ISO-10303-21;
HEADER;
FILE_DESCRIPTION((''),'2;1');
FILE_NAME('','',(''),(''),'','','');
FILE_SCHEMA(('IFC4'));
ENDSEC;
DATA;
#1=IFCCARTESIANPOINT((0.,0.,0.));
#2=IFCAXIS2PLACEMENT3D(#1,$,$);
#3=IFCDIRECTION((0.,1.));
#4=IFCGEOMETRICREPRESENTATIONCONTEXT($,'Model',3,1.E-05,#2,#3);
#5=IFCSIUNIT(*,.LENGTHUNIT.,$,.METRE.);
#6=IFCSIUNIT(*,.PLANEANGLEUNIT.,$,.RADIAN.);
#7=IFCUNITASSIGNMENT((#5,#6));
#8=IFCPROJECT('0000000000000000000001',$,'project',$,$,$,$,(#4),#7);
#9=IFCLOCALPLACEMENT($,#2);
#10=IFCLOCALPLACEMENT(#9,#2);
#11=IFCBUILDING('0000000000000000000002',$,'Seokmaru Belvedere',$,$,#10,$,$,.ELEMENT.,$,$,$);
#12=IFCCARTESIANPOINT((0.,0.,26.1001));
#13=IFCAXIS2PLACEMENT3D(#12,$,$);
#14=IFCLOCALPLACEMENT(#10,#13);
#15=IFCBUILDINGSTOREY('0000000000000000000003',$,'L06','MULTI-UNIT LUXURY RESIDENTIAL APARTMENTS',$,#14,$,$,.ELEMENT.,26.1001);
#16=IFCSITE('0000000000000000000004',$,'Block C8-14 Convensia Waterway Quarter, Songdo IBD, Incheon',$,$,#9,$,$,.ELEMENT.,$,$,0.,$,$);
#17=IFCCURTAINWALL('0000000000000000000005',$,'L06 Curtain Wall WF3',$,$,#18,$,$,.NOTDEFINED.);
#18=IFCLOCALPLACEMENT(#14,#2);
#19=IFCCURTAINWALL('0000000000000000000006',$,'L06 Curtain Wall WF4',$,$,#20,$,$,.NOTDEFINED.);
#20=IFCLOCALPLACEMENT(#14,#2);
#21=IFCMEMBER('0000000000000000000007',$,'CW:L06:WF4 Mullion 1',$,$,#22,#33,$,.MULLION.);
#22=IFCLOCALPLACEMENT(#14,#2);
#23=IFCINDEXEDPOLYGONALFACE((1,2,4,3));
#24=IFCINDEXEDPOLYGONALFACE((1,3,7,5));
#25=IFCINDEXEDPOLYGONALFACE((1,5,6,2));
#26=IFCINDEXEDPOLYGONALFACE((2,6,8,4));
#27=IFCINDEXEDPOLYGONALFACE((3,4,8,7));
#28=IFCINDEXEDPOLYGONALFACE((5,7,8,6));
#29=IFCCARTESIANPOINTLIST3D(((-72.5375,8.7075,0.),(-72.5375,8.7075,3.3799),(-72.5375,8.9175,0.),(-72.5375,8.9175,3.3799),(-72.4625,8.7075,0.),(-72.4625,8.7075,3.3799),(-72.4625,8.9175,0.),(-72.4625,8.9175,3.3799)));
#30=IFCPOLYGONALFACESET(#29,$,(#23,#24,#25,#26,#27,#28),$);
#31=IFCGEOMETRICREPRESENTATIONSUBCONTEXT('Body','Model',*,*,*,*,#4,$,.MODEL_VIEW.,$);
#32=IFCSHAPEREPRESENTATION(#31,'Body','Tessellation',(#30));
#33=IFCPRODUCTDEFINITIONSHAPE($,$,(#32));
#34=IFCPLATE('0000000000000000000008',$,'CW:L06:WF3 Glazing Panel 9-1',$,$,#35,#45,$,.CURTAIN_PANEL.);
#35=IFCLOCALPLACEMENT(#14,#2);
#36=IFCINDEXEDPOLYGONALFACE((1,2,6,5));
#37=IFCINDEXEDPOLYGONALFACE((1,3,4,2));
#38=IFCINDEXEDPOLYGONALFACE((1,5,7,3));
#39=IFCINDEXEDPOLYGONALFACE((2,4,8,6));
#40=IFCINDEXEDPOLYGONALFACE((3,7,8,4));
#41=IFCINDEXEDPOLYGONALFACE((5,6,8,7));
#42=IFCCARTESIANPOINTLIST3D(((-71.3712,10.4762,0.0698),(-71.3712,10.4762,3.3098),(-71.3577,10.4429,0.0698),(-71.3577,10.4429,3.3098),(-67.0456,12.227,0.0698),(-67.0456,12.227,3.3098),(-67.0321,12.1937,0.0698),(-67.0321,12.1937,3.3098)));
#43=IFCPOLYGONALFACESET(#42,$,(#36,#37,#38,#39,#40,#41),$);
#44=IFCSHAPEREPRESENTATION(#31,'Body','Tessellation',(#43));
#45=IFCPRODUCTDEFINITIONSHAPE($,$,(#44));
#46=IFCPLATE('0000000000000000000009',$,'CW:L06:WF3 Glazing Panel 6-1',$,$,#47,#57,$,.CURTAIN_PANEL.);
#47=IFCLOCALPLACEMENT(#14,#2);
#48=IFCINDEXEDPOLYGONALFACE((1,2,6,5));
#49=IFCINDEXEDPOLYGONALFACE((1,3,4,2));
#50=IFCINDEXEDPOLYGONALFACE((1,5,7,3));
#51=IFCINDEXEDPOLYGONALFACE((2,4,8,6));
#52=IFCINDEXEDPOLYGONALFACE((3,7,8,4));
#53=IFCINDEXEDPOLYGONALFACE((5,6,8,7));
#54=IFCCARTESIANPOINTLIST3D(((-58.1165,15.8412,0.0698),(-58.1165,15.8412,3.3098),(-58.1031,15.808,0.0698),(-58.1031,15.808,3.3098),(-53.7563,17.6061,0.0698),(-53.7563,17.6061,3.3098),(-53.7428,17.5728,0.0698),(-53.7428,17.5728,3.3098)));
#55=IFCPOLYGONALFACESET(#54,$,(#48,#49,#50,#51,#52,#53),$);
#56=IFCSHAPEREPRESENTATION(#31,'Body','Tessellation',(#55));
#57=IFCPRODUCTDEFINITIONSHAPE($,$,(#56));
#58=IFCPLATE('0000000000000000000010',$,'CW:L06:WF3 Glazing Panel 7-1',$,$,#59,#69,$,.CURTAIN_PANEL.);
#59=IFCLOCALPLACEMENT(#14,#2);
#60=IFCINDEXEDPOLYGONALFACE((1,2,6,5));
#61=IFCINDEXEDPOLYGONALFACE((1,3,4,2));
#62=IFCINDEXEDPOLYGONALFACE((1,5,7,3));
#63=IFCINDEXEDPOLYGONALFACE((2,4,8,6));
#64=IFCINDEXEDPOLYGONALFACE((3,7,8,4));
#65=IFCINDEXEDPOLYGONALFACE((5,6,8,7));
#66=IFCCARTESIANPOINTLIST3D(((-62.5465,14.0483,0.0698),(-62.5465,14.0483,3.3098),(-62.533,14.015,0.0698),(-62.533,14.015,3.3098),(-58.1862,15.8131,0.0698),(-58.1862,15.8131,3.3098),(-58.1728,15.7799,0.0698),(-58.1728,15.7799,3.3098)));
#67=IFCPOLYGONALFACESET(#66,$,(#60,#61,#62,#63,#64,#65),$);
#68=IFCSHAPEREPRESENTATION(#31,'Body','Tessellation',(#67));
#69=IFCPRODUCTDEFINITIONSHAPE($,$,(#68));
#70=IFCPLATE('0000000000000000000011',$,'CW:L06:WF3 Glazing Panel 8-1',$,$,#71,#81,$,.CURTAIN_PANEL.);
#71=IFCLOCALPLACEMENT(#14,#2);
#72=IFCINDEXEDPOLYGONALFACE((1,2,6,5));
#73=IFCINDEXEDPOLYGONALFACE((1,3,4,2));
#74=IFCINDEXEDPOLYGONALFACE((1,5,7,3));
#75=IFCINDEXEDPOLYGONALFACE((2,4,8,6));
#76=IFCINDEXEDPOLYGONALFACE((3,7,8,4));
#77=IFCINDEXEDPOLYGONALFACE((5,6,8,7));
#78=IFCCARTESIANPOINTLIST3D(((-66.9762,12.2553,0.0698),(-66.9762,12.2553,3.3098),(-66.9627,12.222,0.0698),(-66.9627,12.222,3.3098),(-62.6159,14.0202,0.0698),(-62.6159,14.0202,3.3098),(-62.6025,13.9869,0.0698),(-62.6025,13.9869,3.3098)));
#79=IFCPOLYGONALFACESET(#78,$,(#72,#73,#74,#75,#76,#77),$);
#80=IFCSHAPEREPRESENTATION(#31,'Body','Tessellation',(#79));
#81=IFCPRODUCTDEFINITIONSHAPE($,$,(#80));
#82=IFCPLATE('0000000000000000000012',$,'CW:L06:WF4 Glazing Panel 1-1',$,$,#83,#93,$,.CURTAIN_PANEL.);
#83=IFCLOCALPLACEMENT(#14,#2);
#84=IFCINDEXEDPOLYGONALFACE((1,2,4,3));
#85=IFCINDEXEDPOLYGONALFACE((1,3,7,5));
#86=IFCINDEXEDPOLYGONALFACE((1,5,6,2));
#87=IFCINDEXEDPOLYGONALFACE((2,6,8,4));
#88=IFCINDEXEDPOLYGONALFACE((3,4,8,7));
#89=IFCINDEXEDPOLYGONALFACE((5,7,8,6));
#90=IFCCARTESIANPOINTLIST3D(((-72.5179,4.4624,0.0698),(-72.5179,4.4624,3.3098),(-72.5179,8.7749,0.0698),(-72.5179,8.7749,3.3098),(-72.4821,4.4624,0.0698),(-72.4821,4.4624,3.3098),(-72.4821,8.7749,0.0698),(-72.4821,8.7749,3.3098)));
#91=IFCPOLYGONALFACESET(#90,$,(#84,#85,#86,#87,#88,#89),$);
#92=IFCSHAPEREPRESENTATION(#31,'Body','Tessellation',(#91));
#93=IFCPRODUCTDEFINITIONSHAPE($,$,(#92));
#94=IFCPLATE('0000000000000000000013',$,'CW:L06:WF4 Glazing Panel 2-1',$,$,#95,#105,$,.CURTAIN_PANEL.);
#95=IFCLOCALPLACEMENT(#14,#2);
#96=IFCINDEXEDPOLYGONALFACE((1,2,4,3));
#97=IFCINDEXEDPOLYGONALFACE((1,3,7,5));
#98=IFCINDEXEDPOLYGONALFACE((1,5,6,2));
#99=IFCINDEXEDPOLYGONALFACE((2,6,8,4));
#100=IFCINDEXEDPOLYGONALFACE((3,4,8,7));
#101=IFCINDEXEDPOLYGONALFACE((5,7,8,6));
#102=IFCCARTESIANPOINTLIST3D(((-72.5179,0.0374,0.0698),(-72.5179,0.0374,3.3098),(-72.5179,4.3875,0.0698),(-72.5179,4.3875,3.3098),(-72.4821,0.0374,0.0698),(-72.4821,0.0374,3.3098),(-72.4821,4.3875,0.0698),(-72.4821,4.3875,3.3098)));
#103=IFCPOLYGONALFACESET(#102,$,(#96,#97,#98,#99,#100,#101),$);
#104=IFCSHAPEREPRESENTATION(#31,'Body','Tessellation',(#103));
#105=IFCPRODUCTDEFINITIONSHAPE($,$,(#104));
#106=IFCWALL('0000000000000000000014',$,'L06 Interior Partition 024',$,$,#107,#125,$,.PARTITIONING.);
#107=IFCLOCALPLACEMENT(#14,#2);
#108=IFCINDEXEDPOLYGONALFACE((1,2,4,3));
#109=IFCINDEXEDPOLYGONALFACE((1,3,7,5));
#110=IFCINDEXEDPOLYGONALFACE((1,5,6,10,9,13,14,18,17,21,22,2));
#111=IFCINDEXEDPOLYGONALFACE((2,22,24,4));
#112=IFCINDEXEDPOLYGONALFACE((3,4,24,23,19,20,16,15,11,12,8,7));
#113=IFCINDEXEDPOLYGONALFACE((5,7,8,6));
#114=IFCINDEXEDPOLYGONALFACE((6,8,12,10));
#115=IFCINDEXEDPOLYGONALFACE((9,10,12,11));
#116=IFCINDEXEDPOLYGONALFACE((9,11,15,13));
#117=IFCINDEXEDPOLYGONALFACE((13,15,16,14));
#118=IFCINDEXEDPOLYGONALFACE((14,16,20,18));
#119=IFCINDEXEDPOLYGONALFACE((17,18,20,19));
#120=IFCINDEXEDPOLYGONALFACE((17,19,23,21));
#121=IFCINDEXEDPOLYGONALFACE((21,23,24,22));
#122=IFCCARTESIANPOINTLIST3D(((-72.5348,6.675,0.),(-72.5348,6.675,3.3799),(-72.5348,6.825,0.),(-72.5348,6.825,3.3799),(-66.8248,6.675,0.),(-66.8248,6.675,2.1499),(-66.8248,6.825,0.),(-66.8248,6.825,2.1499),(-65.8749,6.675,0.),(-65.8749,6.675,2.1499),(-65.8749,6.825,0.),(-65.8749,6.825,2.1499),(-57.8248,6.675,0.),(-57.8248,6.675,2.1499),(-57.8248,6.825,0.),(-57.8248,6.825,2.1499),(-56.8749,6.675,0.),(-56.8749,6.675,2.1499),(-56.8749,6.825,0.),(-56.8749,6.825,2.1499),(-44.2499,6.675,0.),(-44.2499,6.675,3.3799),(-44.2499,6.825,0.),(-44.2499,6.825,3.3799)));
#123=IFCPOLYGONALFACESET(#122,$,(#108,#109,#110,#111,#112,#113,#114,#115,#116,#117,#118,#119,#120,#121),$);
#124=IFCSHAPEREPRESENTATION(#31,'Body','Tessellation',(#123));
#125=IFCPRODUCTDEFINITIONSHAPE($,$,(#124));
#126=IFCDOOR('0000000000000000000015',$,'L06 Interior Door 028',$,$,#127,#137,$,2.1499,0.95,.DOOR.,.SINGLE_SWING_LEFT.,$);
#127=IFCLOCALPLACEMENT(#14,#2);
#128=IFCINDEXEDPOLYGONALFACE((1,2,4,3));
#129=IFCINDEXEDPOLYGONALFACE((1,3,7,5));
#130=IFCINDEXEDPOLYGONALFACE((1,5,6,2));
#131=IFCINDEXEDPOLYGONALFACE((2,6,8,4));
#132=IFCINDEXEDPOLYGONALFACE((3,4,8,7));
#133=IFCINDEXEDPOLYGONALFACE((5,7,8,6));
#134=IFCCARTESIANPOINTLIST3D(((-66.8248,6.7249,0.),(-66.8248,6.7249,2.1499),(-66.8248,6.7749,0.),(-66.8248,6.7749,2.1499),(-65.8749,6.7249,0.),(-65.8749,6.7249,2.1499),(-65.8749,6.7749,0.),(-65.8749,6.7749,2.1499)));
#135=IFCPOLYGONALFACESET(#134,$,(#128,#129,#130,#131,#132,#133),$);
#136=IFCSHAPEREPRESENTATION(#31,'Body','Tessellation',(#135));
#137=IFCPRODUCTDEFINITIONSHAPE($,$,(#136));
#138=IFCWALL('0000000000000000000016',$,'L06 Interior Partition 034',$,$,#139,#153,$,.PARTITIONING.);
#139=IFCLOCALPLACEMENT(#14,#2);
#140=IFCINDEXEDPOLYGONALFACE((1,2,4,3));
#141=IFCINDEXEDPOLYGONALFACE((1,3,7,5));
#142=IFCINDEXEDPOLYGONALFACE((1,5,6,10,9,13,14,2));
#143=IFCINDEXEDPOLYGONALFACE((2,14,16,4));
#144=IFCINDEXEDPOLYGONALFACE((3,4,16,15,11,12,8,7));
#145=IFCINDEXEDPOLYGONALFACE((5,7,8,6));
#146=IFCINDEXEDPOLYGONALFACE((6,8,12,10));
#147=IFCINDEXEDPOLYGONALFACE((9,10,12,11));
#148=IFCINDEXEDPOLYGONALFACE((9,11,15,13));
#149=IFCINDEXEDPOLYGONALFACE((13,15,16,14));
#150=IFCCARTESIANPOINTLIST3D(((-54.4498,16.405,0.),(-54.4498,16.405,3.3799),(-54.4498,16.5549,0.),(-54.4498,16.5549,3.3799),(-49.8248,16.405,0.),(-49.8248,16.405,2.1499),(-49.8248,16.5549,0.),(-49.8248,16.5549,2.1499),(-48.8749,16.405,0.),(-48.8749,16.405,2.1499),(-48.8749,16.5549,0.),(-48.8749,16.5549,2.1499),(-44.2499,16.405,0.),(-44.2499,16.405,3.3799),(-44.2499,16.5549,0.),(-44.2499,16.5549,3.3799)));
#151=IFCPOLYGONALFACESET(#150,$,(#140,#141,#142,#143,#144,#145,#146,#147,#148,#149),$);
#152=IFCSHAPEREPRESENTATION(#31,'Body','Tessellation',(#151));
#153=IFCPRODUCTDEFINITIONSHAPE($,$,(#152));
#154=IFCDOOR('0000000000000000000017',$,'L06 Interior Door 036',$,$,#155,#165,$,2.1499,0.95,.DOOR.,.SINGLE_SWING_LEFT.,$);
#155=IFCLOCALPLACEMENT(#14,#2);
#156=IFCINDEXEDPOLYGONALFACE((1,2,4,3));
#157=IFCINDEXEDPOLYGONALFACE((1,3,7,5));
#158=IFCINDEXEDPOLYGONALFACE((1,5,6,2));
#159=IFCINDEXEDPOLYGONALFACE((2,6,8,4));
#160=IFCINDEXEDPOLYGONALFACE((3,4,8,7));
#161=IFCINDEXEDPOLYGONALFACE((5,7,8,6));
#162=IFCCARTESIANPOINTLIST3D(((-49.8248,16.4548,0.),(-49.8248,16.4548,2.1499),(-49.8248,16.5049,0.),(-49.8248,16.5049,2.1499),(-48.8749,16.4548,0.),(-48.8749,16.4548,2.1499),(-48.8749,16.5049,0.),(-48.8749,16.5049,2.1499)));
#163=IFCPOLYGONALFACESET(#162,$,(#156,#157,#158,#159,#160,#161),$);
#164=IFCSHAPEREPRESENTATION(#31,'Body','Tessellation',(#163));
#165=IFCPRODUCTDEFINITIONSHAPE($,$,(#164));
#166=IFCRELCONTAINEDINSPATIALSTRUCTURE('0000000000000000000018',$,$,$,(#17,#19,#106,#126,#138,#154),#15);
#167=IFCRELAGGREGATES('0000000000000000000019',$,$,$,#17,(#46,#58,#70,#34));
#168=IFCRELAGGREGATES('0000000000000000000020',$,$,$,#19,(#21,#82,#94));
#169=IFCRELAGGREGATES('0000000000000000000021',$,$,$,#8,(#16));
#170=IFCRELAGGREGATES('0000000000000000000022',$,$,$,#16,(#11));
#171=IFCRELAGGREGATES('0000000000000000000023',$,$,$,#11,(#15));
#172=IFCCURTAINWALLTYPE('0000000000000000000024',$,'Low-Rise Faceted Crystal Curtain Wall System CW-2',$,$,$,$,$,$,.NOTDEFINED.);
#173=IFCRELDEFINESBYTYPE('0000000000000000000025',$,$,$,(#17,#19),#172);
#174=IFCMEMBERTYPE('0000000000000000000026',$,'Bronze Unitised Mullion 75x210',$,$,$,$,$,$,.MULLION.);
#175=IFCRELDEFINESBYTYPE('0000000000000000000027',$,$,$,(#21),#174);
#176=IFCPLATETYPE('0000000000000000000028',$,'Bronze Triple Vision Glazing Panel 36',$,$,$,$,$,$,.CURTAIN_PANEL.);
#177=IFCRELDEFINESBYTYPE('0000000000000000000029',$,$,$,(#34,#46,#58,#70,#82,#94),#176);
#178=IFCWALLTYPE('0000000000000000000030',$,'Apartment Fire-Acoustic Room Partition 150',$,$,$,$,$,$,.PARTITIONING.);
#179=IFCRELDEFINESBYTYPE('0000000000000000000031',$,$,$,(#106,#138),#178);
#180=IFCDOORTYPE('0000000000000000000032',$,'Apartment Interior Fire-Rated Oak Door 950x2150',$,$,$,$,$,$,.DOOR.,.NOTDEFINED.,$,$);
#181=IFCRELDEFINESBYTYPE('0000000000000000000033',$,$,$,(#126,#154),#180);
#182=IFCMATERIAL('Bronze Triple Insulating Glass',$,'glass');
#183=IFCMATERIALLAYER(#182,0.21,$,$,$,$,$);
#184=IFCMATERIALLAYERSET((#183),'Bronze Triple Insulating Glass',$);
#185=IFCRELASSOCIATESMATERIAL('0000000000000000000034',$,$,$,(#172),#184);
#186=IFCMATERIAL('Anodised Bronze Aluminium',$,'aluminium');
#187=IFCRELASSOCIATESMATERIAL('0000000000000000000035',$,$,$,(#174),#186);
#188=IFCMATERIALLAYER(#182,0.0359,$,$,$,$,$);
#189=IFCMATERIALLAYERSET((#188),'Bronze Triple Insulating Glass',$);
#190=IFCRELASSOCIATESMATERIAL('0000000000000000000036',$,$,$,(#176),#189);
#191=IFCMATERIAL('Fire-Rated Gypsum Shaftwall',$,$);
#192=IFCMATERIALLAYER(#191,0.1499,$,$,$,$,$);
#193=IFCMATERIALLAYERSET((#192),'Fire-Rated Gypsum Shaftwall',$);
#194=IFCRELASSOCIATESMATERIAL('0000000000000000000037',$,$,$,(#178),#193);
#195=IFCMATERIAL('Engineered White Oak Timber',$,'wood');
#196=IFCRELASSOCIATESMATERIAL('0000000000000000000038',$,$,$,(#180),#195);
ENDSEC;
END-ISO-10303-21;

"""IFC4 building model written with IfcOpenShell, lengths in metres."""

from ifc_helpers import new_model, si_unit, direction, frame, frame_2d, origin, origin_2d, place, context, subcontext, project, spatial, rectangle, extrude, source, transform, mapped, material, layer, layer_set, material_profile, profile_set, type_object, type_shapes, element, fill, aggregate, save


model = new_model("IFC4")

# Units and contexts
model_context = context("Model", 3, precision=1e-05, world=origin(), true_north=direction((0.0, 1.0)))
body_context = subcontext(model_context, "Body", "Model", "MODEL_VIEW")
ifc_project = project(units=[si_unit("LENGTHUNIT", "METRE"), si_unit("PLANEANGLEUNIT", "RADIAN")], contexts=[model_context])

# Site, building, storey
site_placement = place(None, origin())
site = spatial("IfcSite", under=ifc_project, at=site_placement, Name="Block C8-14 Convensia Waterway Quarter, Songdo IBD, Incheon", CompositionType="ELEMENT", RefElevation=0.0)
building_placement = place(site_placement, origin())
building = spatial("IfcBuilding", under=site, at=building_placement, Name="Seokmaru Belvedere", CompositionType="ELEMENT")
storey_placement = place(building_placement, frame((0.0, 0.0, 26.1001)))
storey = spatial("IfcBuildingStorey", under=building, at=storey_placement, Name="L06", Description="MULTI-UNIT LUXURY RESIDENTIAL APARTMENTS", CompositionType="ELEMENT", Elevation=26.1001)

# Curtain walls
ifc_material_1 = material(Name="Bronze Triple Insulating Glass", Category="glass")
ifc_layer_1 = layer(ifc_material_1, 0.21)
ifc_layer_set_1 = layer_set([ifc_layer_1], Name="Bronze Triple Insulating Glass")
curtain_wall_type = type_object("IfcCurtainWallType", Name="Low-Rise Faceted Crystal Curtain Wall System CW-2", PredefinedType="NOTDEFINED", material=ifc_layer_set_1)
curtain_wall_1_placement = place(storey_placement, origin())
curtain_wall_1 = element("IfcCurtainWall", 1, at=curtain_wall_1_placement, inside=storey, type_object=curtain_wall_type, Name="L06 Curtain Wall WF3", PredefinedType="NOTDEFINED")
ifc_material_2 = material(Name="Anodised Bronze Aluminium", Category="aluminium")
ifc_material_profile_1 = material_profile(ifc_material_2, rectangle(XDim=0.075, YDim=0.21, at=origin_2d()), Name="CW-M-75x210")
ifc_profile_set_1 = profile_set([ifc_material_profile_1], Name="Anodised Bronze Aluminium")
member_type_1 = type_object("IfcMemberType", Name="Bronze Unitised Mullion 75x210", PredefinedType="MULLION", material=ifc_profile_set_1)
curtain_wall_2_placement = place(storey_placement, origin())
curtain_wall_2 = element("IfcCurtainWall", 2, at=curtain_wall_2_placement, inside=storey, type_object=curtain_wall_type, Name="L06 Curtain Wall WF4", PredefinedType="NOTDEFINED")

# Member
shared_shape_1 = source(origin(), body_context, "Body", "SweptSolid", [
    extrude(rectangle(XDim=0.075, YDim=0.21, at=origin_2d()), origin(), (0.0, 0.0, 1.0), 3.3799),
])
member_1_placement = place(storey_placement, frame((-72.5, 8.8125, 0.0), z_axis=(0.0, 0.0, 1.0), x_axis=(1.0, 0.0, 0.0)))
member_1 = element("IfcMember", 3, at=member_1_placement, type_object=member_type_1, Name="CW:L06:WF4 Mullion 1", PredefinedType="MULLION", context=body_context, shape_type="MappedRepresentation", body=[
    mapped(shared_shape_1, transform((0.0, 0.0, 0.0), scale=1.0)),
])

# Plates
ifc_layer_2 = layer(ifc_material_1, 0.0359)
ifc_layer_set_2 = layer_set([ifc_layer_2], Name="Bronze Triple Insulating Glass")
plate_type = type_object("IfcPlateType", Name="Bronze Triple Vision Glazing Panel 36", PredefinedType="CURTAIN_PANEL", material=ifc_layer_set_2)
shared_shape_2 = source(origin(), body_context, "Body", "SweptSolid", [
    extrude(rectangle(XDim=4.6665, YDim=0.0359, at=origin_2d()), origin(), (0.0, 0.0, 1.0), 3.24),
])
plate_1_placement = place(storey_placement, frame((-69.2017, 11.335, 0.0698), z_axis=(0.0, 0.0, 1.0), x_axis=(-0.926947, -0.375192, 0.0)))
plate_1 = element("IfcPlate", 4, at=plate_1_placement, type_object=plate_type, Name="CW:L06:WF3 Glazing Panel 9-1", PredefinedType="CURTAIN_PANEL", context=body_context, shape_type="MappedRepresentation", body=[
    mapped(shared_shape_2, transform((0.0, 0.0, 0.0), scale=1.0)),
])
shared_shape_3 = source(origin(), body_context, "Body", "SweptSolid", [
    extrude(rectangle(XDim=4.7039, YDim=0.0359, at=origin_2d()), origin(), (0.0, 0.0, 1.0), 3.24),
])
plate_2_placement = place(storey_placement, frame((-55.9297, 16.707, 0.0698), z_axis=(0.0, 0.0, 1.0), x_axis=(-0.926947, -0.375192, 0.0)))
plate_2 = element("IfcPlate", 5, at=plate_2_placement, type_object=plate_type, Name="CW:L06:WF3 Glazing Panel 6-1", PredefinedType="CURTAIN_PANEL", context=body_context, shape_type="MappedRepresentation", body=[
    mapped(shared_shape_3, transform((0.0, 0.0, 0.0), scale=1.0)),
])
plate_3_placement = place(storey_placement, frame((-60.3596, 14.9141, 0.0698), z_axis=(0.0, 0.0, 1.0), x_axis=(-0.926947, -0.375192, 0.0)))
plate_3 = element("IfcPlate", 6, at=plate_3_placement, type_object=plate_type, Name="CW:L06:WF3 Glazing Panel 7-1", PredefinedType="CURTAIN_PANEL", context=body_context, shape_type="MappedRepresentation", body=[
    mapped(shared_shape_3, transform((0.0, 0.0, 0.0), scale=1.0)),
])
plate_4_placement = place(storey_placement, frame((-64.7893, 13.1211, 0.0698), z_axis=(0.0, 0.0, 1.0), x_axis=(-0.926947, -0.375192, 0.0)))
plate_4 = element("IfcPlate", 7, at=plate_4_placement, type_object=plate_type, Name="CW:L06:WF3 Glazing Panel 8-1", PredefinedType="CURTAIN_PANEL", context=body_context, shape_type="MappedRepresentation", body=[
    mapped(shared_shape_3, transform((0.0, 0.0, 0.0), scale=1.0)),
])
aggregate(curtain_wall_1, [plate_2, plate_3, plate_4, plate_1])
shared_shape_4 = source(origin(), body_context, "Body", "SweptSolid", [
    extrude(rectangle(XDim=4.3125, YDim=0.0359, at=origin_2d()), origin(), (0.0, 0.0, 1.0), 3.24),
])
plate_5_placement = place(storey_placement, frame((-72.5, 6.6187, 0.0698), z_axis=(0.0, 0.0, 1.0), x_axis=(0.0, -1.0, 0.0)))
plate_5 = element("IfcPlate", 8, at=plate_5_placement, type_object=plate_type, Name="CW:L06:WF4 Glazing Panel 1-1", PredefinedType="CURTAIN_PANEL", context=body_context, shape_type="MappedRepresentation", body=[
    mapped(shared_shape_4, transform((0.0, 0.0, 0.0), scale=1.0)),
])
shared_shape_5 = source(origin(), body_context, "Body", "SweptSolid", [
    extrude(rectangle(XDim=4.3501, YDim=0.0359, at=origin_2d()), origin(), (0.0, 0.0, 1.0), 3.24),
])
type_shapes(plate_type, [shared_shape_2, shared_shape_3, shared_shape_4, shared_shape_5])
plate_6_placement = place(storey_placement, frame((-72.5, 2.2124, 0.0698), z_axis=(0.0, 0.0, 1.0), x_axis=(0.0, -1.0, 0.0)))
plate_6 = element("IfcPlate", 9, at=plate_6_placement, type_object=plate_type, Name="CW:L06:WF4 Glazing Panel 2-1", PredefinedType="CURTAIN_PANEL", context=body_context, shape_type="MappedRepresentation", body=[
    mapped(shared_shape_5, transform((0.0, 0.0, 0.0), scale=1.0)),
])
aggregate(curtain_wall_2, [member_1, plate_5, plate_6])

# Wall, openings, door
ifc_material_3 = material(Name="Fire-Rated Gypsum Shaftwall")
ifc_layer_3 = layer(ifc_material_3, 0.1499)
ifc_layer_set_3 = layer_set([ifc_layer_3], Name="Fire-Rated Gypsum Shaftwall")
wall_type_1 = type_object("IfcWallType", Name="Apartment Fire-Acoustic Room Partition 150", PredefinedType="PARTITIONING", material=ifc_layer_set_3)
wall_1_placement = place(storey_placement, frame((-72.5349, 6.75, 0.0), z_axis=(0.0, 0.0, 1.0), x_axis=(1.0, 0.0, 0.0)))
wall_1 = element("IfcWall", 10, at=wall_1_placement, inside=storey, type_object=wall_type_1, Name="L06 Interior Partition 024", PredefinedType="PARTITIONING", context=body_context, shape_type="SweptSolid", body=[
    extrude(rectangle(XDim=28.2849, YDim=0.1499, at=frame_2d((14.1426, 0.0))), origin(), (0.0, 0.0, 1.0), 3.3799),
])
opening_1_placement = place(wall_1_placement, frame((5.71, 0.0, 0.0)))
opening_1 = element("IfcOpeningElement", 11, at=opening_1_placement, cuts=wall_1, PredefinedType="OPENING", context=body_context, shape_type="SweptSolid", body=[
    extrude(rectangle(XDim=0.95, YDim=2.1499, at=frame_2d((0.4751, 1.075))), frame((0.0, 0.085, 0.0), z_axis=(0.0, -1.0, 0.0), x_axis=(1.0, 0.0, 0.0)), (0.0, 0.0, 1.0), 0.1699),
])
opening_2_placement = place(wall_1_placement, frame((14.71, 0.0, 0.0)))
element("IfcOpeningElement", 12, at=opening_2_placement, cuts=wall_1, PredefinedType="OPENING", context=body_context, shape_type="SweptSolid", body=[
    extrude(rectangle(XDim=0.95, YDim=2.1499, at=frame_2d((0.4751, 1.075))), frame((0.0, 0.085, 0.0), z_axis=(0.0, -1.0, 0.0), x_axis=(1.0, 0.0, 0.0)), (0.0, 0.0, 1.0), 0.1699),
])
ifc_material_4 = material(Name="Engineered White Oak Timber", Category="wood")
door_type = type_object("IfcDoorType", Name="Apartment Interior Fire-Rated Oak Door 950x2150", OperationType="NOTDEFINED", PredefinedType="DOOR", material=ifc_material_4)
shared_shape_6 = source(origin(), body_context, "Body", "SweptSolid", [
    extrude(rectangle(XDim=0.95, YDim=2.1499, at=frame_2d((0.4751, 1.075))), frame((0.0, 0.0249, 0.0), z_axis=(0.0, -1.0, 0.0), x_axis=(1.0, 0.0, 0.0)), (0.0, 0.0, 1.0), 0.05),
])
type_shapes(door_type, [shared_shape_6])
door_1_placement = place(opening_1_placement, origin())
door_1 = element("IfcDoor", 13, at=door_1_placement, inside=storey, type_object=door_type, Name="L06 Interior Door 028", OperationType="SINGLE_SWING_LEFT", OverallHeight=2.1499, OverallWidth=0.95, PredefinedType="DOOR", context=body_context, shape_type="MappedRepresentation", body=[
    mapped(shared_shape_6, transform((0.0, 0.0, 0.0), scale=1.0)),
])
fill(opening_1, door_1)

# Wall, opening, door
wall_2_placement = place(storey_placement, frame((-54.45, 16.48, 0.0), z_axis=(0.0, 0.0, 1.0), x_axis=(1.0, 0.0, 0.0)))
wall_2 = element("IfcWall", 14, at=wall_2_placement, inside=storey, type_object=wall_type_1, Name="L06 Interior Partition 034", PredefinedType="PARTITIONING", context=body_context, shape_type="SweptSolid", body=[
    extrude(rectangle(XDim=10.2, YDim=0.1499, at=frame_2d((5.1001, 0.0))), origin(), (0.0, 0.0, 1.0), 3.3799),
])
opening_3_placement = place(wall_2_placement, frame((4.625, 0.0, 0.0)))
opening_3 = element("IfcOpeningElement", 15, at=opening_3_placement, cuts=wall_2, PredefinedType="OPENING", context=body_context, shape_type="SweptSolid", body=[
    extrude(rectangle(XDim=0.95, YDim=2.1499, at=frame_2d((0.4751, 1.075))), frame((0.0, 0.085, 0.0), z_axis=(0.0, -1.0, 0.0), x_axis=(1.0, 0.0, 0.0)), (0.0, 0.0, 1.0), 0.1699),
])
door_2_placement = place(opening_3_placement, origin())
door_2 = element("IfcDoor", 16, at=door_2_placement, inside=storey, type_object=door_type, Name="L06 Interior Door 036", OperationType="SINGLE_SWING_LEFT", OverallHeight=2.1499, OverallWidth=0.95, PredefinedType="DOOR", context=body_context, shape_type="MappedRepresentation", body=[
    mapped(shared_shape_6, transform((0.0, 0.0, 0.0), scale=1.0)),
])
fill(opening_3, door_2)

save(model, "model.ifc")
